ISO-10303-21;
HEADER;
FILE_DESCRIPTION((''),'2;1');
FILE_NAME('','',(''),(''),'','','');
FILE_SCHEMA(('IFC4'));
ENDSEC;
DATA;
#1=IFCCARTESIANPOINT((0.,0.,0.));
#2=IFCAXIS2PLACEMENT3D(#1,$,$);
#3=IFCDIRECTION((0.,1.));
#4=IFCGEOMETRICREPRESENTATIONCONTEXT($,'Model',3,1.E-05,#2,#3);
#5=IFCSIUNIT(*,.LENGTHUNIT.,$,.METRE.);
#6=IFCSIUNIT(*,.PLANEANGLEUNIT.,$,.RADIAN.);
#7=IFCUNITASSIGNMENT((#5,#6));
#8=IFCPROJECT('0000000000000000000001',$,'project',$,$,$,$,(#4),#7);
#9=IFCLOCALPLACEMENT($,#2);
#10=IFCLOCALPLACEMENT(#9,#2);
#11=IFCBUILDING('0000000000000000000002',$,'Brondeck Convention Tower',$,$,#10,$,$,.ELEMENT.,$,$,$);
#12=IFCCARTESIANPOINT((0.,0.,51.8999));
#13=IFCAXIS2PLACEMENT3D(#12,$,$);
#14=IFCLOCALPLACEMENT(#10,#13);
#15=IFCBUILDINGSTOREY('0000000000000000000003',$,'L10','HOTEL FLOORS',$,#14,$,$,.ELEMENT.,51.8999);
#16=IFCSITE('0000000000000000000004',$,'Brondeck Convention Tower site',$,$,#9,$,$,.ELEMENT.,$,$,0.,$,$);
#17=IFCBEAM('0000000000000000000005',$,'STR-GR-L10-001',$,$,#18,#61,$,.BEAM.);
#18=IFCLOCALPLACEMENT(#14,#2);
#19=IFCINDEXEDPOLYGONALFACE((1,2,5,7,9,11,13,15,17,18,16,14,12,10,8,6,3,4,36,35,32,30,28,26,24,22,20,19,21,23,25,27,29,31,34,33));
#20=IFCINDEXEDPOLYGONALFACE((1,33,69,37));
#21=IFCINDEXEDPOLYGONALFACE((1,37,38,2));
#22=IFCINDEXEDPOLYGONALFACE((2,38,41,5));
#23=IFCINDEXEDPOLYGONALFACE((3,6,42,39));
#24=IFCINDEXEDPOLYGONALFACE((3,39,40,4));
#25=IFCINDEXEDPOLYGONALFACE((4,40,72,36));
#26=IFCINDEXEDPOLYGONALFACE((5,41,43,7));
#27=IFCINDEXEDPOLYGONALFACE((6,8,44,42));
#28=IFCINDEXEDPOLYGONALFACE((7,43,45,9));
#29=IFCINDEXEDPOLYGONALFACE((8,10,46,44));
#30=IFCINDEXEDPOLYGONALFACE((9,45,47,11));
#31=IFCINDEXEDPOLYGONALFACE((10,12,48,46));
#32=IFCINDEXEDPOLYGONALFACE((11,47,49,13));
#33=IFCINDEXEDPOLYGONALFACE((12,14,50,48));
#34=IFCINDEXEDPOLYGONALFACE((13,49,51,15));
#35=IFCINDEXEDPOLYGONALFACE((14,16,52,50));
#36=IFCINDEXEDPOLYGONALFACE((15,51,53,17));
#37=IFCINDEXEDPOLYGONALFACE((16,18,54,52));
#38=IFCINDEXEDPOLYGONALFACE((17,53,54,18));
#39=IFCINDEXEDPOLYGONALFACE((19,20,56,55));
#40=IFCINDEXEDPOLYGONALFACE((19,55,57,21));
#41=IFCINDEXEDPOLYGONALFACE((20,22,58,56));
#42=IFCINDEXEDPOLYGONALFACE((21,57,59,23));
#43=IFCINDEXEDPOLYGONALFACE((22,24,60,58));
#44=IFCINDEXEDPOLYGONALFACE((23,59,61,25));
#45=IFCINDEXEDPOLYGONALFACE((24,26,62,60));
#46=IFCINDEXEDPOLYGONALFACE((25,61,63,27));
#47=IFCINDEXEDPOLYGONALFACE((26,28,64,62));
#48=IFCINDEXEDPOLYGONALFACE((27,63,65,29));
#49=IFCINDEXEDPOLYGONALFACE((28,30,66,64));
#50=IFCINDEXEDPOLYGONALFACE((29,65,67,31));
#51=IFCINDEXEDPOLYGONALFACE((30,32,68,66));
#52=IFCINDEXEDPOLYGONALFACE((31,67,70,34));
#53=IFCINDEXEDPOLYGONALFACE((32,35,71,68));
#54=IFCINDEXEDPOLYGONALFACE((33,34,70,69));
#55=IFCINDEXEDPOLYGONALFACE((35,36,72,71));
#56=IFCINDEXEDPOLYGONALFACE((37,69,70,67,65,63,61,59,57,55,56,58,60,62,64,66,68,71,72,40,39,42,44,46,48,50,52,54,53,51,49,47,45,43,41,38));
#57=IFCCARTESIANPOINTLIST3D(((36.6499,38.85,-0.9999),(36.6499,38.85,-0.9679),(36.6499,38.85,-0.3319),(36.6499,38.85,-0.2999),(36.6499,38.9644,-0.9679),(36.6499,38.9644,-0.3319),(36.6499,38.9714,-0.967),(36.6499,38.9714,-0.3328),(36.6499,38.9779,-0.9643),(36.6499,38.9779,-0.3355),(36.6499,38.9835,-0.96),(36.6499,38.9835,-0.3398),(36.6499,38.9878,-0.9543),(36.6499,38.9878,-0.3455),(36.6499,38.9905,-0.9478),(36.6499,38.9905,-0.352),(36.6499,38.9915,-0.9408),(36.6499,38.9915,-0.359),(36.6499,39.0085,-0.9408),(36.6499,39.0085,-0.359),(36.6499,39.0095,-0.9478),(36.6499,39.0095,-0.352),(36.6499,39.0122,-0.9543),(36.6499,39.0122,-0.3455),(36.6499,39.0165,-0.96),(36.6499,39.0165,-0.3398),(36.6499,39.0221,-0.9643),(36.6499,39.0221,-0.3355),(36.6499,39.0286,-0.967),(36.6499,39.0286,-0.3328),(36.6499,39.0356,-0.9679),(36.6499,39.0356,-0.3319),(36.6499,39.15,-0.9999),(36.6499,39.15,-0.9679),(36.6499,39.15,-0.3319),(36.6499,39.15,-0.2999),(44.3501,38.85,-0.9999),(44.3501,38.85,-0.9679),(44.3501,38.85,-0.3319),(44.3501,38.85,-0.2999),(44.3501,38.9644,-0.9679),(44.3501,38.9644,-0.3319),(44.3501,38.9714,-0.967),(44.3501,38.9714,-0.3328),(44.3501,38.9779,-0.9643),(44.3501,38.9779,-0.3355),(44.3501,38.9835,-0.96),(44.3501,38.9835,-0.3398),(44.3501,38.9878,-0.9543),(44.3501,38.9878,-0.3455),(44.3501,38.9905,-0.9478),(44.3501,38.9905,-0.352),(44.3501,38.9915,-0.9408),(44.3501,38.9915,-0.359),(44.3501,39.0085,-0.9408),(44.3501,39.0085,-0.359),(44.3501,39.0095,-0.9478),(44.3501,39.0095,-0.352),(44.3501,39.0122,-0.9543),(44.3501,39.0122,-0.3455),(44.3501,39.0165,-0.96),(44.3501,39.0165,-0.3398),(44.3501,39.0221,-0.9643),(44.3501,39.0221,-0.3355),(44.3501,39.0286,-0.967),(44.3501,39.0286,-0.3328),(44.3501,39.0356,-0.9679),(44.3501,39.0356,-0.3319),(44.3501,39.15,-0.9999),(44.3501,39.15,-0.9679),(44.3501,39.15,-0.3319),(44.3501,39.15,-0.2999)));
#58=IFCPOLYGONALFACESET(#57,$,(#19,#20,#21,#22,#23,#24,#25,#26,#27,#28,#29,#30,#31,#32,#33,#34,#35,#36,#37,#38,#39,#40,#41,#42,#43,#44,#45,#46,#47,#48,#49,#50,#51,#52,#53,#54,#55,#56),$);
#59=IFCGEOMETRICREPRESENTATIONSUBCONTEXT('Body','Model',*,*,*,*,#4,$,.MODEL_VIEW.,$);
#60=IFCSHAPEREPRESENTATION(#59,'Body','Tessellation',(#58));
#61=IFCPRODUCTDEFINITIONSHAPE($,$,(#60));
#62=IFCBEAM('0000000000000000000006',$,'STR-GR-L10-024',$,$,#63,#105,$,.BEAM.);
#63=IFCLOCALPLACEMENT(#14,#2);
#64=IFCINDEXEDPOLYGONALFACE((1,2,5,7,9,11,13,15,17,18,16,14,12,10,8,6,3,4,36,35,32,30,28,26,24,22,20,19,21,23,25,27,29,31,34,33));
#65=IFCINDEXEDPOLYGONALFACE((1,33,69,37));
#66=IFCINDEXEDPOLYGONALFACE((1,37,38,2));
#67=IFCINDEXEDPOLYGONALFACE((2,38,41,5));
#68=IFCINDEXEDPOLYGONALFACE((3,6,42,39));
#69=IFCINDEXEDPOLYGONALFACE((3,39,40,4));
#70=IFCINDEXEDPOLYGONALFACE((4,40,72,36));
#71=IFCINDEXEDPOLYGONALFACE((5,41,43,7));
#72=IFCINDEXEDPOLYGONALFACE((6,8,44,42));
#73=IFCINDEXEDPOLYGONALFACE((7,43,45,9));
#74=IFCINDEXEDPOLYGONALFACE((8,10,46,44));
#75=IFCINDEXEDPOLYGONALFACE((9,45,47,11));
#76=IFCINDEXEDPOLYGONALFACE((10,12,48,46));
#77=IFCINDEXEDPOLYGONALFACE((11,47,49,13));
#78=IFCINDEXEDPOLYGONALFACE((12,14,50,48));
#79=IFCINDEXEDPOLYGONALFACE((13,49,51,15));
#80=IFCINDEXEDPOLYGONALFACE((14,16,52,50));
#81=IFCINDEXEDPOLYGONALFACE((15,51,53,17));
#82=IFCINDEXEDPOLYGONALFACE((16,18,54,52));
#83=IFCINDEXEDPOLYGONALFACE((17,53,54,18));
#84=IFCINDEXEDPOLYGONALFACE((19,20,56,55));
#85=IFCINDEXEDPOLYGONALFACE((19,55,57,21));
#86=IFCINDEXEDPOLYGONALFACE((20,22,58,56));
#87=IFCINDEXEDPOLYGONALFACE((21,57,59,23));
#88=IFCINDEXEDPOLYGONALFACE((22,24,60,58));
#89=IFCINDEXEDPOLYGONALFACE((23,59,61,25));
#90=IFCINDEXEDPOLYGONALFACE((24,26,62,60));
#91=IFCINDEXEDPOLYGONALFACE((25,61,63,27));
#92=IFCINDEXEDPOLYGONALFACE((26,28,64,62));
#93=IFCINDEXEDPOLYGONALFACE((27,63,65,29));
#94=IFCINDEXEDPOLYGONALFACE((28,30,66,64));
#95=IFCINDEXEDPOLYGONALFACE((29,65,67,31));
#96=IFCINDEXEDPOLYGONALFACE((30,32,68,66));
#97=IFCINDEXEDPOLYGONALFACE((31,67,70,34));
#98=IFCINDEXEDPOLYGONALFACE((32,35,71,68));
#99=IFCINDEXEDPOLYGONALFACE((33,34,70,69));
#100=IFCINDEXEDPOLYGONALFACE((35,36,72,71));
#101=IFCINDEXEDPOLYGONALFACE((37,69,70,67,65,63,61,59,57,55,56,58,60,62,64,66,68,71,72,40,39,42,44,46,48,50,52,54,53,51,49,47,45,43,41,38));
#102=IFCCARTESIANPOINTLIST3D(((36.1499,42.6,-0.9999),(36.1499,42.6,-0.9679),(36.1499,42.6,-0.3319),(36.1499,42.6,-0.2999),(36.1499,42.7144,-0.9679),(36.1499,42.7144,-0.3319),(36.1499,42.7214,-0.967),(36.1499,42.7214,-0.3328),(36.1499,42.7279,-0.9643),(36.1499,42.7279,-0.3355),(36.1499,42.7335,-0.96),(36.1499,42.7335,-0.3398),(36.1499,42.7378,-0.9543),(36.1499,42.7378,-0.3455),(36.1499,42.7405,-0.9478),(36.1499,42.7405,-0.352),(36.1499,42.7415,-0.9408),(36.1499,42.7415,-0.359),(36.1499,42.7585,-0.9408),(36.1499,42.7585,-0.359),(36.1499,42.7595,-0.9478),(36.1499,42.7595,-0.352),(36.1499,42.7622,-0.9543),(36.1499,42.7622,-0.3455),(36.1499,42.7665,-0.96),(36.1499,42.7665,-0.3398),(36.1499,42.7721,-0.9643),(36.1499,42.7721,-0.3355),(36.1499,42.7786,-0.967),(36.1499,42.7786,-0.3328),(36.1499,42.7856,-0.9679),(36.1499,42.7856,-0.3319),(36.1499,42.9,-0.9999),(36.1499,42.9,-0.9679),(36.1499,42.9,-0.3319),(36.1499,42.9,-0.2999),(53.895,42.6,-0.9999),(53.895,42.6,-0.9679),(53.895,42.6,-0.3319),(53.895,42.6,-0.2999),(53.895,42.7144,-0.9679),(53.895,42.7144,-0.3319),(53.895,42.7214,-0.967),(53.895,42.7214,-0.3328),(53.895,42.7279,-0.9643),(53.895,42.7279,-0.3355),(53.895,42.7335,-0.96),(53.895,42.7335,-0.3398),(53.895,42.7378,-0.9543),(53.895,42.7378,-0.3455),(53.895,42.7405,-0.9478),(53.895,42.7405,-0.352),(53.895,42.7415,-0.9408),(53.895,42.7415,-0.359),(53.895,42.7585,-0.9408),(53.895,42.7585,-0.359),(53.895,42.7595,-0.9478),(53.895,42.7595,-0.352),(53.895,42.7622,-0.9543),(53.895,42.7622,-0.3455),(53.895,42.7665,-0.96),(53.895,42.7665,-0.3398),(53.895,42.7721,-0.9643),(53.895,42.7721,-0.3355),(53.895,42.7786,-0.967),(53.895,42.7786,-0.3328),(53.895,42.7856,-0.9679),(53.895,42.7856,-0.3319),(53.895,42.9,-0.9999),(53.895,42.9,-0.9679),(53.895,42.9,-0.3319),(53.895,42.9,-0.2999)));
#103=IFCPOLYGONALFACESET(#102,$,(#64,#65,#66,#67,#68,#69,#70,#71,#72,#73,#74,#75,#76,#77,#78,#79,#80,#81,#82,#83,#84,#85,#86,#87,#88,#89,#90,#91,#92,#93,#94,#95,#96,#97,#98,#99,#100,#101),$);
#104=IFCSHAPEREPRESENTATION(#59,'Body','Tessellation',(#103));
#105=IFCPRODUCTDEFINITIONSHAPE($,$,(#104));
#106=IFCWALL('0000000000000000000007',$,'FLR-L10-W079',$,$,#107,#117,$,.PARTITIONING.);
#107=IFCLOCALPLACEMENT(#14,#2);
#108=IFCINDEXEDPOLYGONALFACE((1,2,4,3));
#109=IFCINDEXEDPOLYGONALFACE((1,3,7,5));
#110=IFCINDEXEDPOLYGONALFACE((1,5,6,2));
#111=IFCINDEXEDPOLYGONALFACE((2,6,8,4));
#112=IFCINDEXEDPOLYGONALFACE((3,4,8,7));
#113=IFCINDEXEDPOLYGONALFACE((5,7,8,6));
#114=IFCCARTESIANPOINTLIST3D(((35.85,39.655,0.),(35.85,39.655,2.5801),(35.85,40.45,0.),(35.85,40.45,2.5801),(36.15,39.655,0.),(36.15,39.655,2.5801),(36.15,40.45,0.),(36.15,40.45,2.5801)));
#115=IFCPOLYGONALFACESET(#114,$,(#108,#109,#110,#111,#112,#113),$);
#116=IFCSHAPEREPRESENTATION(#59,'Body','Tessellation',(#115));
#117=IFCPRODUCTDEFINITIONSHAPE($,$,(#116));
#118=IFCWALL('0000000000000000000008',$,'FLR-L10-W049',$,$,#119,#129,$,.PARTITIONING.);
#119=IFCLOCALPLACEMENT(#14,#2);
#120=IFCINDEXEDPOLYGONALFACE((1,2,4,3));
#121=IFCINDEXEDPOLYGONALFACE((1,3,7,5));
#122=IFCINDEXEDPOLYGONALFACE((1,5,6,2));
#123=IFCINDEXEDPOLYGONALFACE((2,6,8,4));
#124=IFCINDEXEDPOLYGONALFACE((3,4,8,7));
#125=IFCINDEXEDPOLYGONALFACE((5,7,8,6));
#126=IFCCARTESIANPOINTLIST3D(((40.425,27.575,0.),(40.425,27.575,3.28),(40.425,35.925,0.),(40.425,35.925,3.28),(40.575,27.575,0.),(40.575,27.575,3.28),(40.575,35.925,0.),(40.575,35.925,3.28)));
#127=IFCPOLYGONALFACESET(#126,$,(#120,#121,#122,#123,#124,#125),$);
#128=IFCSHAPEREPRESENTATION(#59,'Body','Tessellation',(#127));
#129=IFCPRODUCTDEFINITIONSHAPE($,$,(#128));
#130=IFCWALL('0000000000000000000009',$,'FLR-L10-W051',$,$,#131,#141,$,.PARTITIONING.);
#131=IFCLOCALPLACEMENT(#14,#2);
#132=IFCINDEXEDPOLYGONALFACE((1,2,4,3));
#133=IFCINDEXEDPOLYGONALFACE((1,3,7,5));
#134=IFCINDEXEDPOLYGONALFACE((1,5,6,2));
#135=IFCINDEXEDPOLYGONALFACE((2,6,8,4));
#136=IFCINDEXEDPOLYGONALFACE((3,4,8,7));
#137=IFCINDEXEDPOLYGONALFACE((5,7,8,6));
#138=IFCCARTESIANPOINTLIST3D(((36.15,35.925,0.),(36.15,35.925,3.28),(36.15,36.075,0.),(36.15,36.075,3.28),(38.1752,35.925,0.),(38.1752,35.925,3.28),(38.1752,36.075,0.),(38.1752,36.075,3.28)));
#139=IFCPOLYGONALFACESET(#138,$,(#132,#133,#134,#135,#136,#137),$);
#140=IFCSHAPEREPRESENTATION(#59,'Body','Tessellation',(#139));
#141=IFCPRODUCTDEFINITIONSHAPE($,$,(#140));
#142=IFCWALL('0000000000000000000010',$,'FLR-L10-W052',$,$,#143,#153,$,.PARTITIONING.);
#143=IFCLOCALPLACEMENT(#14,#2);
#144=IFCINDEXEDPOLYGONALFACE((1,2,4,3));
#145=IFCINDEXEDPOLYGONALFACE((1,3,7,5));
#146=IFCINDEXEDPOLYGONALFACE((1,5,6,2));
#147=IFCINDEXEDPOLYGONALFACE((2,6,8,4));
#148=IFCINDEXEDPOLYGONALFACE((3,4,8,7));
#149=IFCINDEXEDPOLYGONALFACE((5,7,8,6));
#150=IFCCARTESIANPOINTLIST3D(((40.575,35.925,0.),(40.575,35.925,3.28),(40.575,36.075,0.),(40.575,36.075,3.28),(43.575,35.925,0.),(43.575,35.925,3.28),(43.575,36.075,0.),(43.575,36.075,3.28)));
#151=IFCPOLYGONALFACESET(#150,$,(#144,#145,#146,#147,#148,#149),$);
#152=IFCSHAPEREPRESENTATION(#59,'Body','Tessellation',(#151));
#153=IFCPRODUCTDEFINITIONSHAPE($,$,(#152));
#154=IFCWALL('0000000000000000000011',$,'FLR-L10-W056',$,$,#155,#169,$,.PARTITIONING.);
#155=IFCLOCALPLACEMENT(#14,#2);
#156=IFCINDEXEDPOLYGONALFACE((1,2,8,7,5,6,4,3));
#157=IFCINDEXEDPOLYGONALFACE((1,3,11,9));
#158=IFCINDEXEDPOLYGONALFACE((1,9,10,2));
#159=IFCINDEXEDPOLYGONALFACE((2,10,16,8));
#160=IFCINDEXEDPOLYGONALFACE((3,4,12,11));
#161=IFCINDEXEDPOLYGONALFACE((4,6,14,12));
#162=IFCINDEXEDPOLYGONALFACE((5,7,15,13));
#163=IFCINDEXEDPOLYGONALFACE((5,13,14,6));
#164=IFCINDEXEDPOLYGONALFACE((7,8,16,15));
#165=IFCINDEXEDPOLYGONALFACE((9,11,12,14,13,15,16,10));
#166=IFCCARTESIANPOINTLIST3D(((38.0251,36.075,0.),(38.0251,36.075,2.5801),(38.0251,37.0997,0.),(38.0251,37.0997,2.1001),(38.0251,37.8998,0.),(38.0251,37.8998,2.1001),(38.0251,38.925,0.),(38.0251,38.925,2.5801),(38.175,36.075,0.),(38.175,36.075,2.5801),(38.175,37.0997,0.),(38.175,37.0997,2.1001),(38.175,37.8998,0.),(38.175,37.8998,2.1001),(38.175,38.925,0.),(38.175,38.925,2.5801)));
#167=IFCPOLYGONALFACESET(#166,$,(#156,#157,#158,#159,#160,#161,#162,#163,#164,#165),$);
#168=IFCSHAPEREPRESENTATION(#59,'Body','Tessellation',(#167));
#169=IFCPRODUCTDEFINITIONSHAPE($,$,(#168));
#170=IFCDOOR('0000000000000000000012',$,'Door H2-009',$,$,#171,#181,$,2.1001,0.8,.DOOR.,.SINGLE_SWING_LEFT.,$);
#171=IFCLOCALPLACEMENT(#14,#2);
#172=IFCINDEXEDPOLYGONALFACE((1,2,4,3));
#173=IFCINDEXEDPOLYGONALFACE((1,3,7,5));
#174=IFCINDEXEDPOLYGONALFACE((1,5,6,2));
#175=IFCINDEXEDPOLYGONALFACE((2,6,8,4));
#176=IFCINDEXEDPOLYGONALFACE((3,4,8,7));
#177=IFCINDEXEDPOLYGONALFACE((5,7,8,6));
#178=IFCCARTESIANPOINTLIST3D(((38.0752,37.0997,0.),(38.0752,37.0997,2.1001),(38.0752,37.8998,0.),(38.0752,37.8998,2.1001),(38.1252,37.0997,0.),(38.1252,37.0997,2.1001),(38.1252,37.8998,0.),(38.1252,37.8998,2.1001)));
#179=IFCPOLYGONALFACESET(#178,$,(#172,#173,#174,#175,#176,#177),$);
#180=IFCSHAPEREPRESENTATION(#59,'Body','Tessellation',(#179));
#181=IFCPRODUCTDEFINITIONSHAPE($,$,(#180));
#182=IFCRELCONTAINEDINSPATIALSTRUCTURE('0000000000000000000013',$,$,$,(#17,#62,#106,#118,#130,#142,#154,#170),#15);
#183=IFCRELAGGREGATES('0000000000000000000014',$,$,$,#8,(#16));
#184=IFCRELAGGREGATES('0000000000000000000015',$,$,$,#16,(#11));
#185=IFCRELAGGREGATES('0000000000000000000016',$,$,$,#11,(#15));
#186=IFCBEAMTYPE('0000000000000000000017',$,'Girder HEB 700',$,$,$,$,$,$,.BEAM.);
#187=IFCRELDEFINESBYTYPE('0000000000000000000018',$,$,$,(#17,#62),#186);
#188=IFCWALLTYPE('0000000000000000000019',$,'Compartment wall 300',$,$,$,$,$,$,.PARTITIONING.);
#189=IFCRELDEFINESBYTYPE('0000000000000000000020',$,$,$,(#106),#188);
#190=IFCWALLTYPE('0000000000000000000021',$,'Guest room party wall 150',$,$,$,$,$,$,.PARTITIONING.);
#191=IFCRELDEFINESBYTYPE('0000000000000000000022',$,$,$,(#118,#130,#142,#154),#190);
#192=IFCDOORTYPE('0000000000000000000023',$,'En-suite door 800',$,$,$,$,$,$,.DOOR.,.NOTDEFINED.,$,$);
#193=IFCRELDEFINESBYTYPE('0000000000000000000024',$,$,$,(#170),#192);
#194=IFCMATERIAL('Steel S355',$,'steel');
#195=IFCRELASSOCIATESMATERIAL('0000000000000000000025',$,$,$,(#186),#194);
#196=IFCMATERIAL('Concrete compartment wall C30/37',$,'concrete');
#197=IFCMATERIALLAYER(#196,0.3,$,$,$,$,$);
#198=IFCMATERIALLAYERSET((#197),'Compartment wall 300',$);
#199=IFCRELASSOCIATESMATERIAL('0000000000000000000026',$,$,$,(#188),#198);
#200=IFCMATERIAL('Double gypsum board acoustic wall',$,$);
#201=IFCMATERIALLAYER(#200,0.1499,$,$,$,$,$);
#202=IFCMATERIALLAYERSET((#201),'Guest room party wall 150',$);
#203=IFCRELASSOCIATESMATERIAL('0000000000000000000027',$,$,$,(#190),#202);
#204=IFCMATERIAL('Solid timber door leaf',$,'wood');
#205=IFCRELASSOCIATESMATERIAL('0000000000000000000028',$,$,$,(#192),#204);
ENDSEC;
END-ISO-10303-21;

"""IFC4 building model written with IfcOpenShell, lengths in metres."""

from ifc_helpers import new_model, si_unit, direction, frame, frame_2d, origin, origin_2d, place, context, subcontext, project, spatial, rectangle, i_section, extrude, material, layer, layer_set, material_profile, profile_set, type_object, element, fill, save


model = new_model("IFC4")

# Units and contexts
model_context = context("Model", 3, precision=1e-05, world=origin(), true_north=direction((0.0, 1.0)))
body_context = subcontext(model_context, "Body", "Model", "MODEL_VIEW")
ifc_project = project(units=[si_unit("LENGTHUNIT", "METRE"), si_unit("PLANEANGLEUNIT", "RADIAN")], contexts=[model_context])

# Site, building, storey
site_placement = place(None, origin())
site = spatial("IfcSite", under=ifc_project, at=site_placement, Name="Brondeck Convention Tower site", CompositionType="ELEMENT", RefElevation=0.0)
building_placement = place(site_placement, origin())
building = spatial("IfcBuilding", under=site, at=building_placement, Name="Brondeck Convention Tower", CompositionType="ELEMENT")
storey_placement = place(building_placement, frame((0.0, 0.0, 51.8999)))
storey = spatial("IfcBuildingStorey", under=building, at=storey_placement, Name="L10", Description="HOTEL FLOORS", CompositionType="ELEMENT", Elevation=51.8999)

# Beams
ifc_material_1 = material(Name="Steel S355", Category="steel")
ifc_material_profile = material_profile(ifc_material_1, i_section(OverallWidth=0.3, OverallDepth=0.7, WebThickness=0.0171, FlangeThickness=0.032, FilletRadius=0.0271, at=origin_2d()), Name="HEB 700")
ifc_profile_set = profile_set([ifc_material_profile], Name="Steel S355")
beam_type = type_object("IfcBeamType", Name="Girder HEB 700", PredefinedType="BEAM", material=ifc_profile_set)
beam_1_placement = place(storey_placement, frame((36.6499, 39.0, -0.6499), z_axis=(1.0, 0.0, 0.0), x_axis=(0.0, 1.0, 0.0)))
element("IfcBeam", 1, at=beam_1_placement, inside=storey, type_object=beam_type, Name="STR-GR-L10-001", PredefinedType="BEAM", context=body_context, shape_type="SweptSolid", body=[
    extrude(i_section(OverallWidth=0.3, OverallDepth=0.7, WebThickness=0.0171, FlangeThickness=0.032, FilletRadius=0.0271, at=origin_2d()), origin(), (0.0, 0.0, 1.0), 7.7002),
])
beam_2_placement = place(storey_placement, frame((36.1499, 42.75, -0.6499), z_axis=(1.0, 0.0, 0.0), x_axis=(0.0, 1.0, 0.0)))
element("IfcBeam", 2, at=beam_2_placement, inside=storey, type_object=beam_type, Name="STR-GR-L10-024", PredefinedType="BEAM", context=body_context, shape_type="SweptSolid", body=[
    extrude(i_section(OverallWidth=0.3, OverallDepth=0.7, WebThickness=0.0171, FlangeThickness=0.032, FilletRadius=0.0271, at=origin_2d()), origin(), (0.0, 0.0, 1.0), 17.7451),
])

# Walls
ifc_material_2 = material(Name="Concrete compartment wall C30/37", Category="concrete")
ifc_layer_1 = layer(ifc_material_2, 0.3)
ifc_layer_set_1 = layer_set([ifc_layer_1], Name="Compartment wall 300")
wall_type_1 = type_object("IfcWallType", Name="Compartment wall 300", PredefinedType="PARTITIONING", material=ifc_layer_set_1)
wall_1_placement = place(storey_placement, frame((36.0, 40.45, 0.0), z_axis=(0.0, 0.0, 1.0), x_axis=(0.0, -1.0, 0.0)))
element("IfcWall", 3, at=wall_1_placement, inside=storey, type_object=wall_type_1, Name="FLR-L10-W079", PredefinedType="PARTITIONING", context=body_context, shape_type="SweptSolid", body=[
    extrude(rectangle(XDim=0.7949, YDim=0.3, at=frame_2d((0.3975, 0.0))), origin(), (0.0, 0.0, 1.0), 2.5801),
])
ifc_material_3 = material(Name="Double gypsum board acoustic wall")
ifc_layer_2 = layer(ifc_material_3, 0.1499)
ifc_layer_set_2 = layer_set([ifc_layer_2], Name="Guest room party wall 150")
wall_type_2 = type_object("IfcWallType", Name="Guest room party wall 150", PredefinedType="PARTITIONING", material=ifc_layer_set_2)
wall_2_placement = place(storey_placement, frame((40.5, 35.925, 0.0), z_axis=(0.0, 0.0, 1.0), x_axis=(0.0, -1.0, 0.0)))
element("IfcWall", 4, at=wall_2_placement, inside=storey, type_object=wall_type_2, Name="FLR-L10-W049", PredefinedType="PARTITIONING", context=body_context, shape_type="SweptSolid", body=[
    extrude(rectangle(XDim=8.3501, YDim=0.1499, at=frame_2d((4.175, 0.0))), origin(), (0.0, 0.0, 1.0), 3.28),
])
wall_3_placement = place(storey_placement, frame((36.1499, 36.0, 0.0), z_axis=(0.0, 0.0, 1.0), x_axis=(1.0, 0.0, 0.0)))
element("IfcWall", 5, at=wall_3_placement, inside=storey, type_object=wall_type_2, Name="FLR-L10-W051", PredefinedType="PARTITIONING", context=body_context, shape_type="SweptSolid", body=[
    extrude(rectangle(XDim=2.0251, YDim=0.1499, at=frame_2d((1.0127, 0.0))), origin(), (0.0, 0.0, 1.0), 3.28),
])
wall_4_placement = place(storey_placement, frame((40.575, 36.0, 0.0), z_axis=(0.0, 0.0, 1.0), x_axis=(1.0, 0.0, 0.0)))
element("IfcWall", 6, at=wall_4_placement, inside=storey, type_object=wall_type_2, Name="FLR-L10-W052", PredefinedType="PARTITIONING", context=body_context, shape_type="SweptSolid", body=[
    extrude(rectangle(XDim=3.0, YDim=0.1499, at=frame_2d((1.5, 0.0))), origin(), (0.0, 0.0, 1.0), 3.28),
])

# Wall, opening, door
wall_5_placement = place(storey_placement, frame((38.1001, 36.075, 0.0), z_axis=(0.0, 0.0, 1.0), x_axis=(0.0, 1.0, 0.0)))
wall_5 = element("IfcWall", 7, at=wall_5_placement, inside=storey, type_object=wall_type_2, Name="FLR-L10-W056", PredefinedType="PARTITIONING", context=body_context, shape_type="SweptSolid", body=[
    extrude(rectangle(XDim=2.8501, YDim=0.1499, at=frame_2d((1.425, 0.0))), origin(), (0.0, 0.0, 1.0), 2.5801),
])
opening_1_placement = place(wall_5_placement, frame((1.0249, 0.0, 0.0)))
opening_1 = element("IfcOpeningElement", 8, at=opening_1_placement, cuts=wall_5, PredefinedType="OPENING", context=body_context, shape_type="SweptSolid", body=[
    extrude(rectangle(XDim=0.8, YDim=2.1001, at=frame_2d((0.3999, 1.05))), frame((0.0, 0.085, 0.0), z_axis=(0.0, -1.0, 0.0), x_axis=(1.0, 0.0, 0.0)), (0.0, 0.0, 1.0), 0.1699),
])
ifc_material_4 = material(Name="Solid timber door leaf", Category="wood")
door_type_1 = type_object("IfcDoorType", Name="En-suite door 800", OperationType="NOTDEFINED", PredefinedType="DOOR", material=ifc_material_4)
door_1_placement = place(opening_1_placement, origin())
door_1 = element("IfcDoor", 9, at=door_1_placement, inside=storey, type_object=door_type_1, Name="Door H2-009", OperationType="SINGLE_SWING_LEFT", OverallHeight=2.1001, OverallWidth=0.8, PredefinedType="DOOR", context=body_context, shape_type="SweptSolid", body=[
    extrude(rectangle(XDim=0.8, YDim=2.1001, at=frame_2d((0.3999, 1.05))), frame((0.0, 0.0249, 0.0), z_axis=(0.0, -1.0, 0.0), x_axis=(1.0, 0.0, 0.0)), (0.0, 0.0, 1.0), 0.05),
])
fill(opening_1, door_1)

save(model, "model.ifc")
